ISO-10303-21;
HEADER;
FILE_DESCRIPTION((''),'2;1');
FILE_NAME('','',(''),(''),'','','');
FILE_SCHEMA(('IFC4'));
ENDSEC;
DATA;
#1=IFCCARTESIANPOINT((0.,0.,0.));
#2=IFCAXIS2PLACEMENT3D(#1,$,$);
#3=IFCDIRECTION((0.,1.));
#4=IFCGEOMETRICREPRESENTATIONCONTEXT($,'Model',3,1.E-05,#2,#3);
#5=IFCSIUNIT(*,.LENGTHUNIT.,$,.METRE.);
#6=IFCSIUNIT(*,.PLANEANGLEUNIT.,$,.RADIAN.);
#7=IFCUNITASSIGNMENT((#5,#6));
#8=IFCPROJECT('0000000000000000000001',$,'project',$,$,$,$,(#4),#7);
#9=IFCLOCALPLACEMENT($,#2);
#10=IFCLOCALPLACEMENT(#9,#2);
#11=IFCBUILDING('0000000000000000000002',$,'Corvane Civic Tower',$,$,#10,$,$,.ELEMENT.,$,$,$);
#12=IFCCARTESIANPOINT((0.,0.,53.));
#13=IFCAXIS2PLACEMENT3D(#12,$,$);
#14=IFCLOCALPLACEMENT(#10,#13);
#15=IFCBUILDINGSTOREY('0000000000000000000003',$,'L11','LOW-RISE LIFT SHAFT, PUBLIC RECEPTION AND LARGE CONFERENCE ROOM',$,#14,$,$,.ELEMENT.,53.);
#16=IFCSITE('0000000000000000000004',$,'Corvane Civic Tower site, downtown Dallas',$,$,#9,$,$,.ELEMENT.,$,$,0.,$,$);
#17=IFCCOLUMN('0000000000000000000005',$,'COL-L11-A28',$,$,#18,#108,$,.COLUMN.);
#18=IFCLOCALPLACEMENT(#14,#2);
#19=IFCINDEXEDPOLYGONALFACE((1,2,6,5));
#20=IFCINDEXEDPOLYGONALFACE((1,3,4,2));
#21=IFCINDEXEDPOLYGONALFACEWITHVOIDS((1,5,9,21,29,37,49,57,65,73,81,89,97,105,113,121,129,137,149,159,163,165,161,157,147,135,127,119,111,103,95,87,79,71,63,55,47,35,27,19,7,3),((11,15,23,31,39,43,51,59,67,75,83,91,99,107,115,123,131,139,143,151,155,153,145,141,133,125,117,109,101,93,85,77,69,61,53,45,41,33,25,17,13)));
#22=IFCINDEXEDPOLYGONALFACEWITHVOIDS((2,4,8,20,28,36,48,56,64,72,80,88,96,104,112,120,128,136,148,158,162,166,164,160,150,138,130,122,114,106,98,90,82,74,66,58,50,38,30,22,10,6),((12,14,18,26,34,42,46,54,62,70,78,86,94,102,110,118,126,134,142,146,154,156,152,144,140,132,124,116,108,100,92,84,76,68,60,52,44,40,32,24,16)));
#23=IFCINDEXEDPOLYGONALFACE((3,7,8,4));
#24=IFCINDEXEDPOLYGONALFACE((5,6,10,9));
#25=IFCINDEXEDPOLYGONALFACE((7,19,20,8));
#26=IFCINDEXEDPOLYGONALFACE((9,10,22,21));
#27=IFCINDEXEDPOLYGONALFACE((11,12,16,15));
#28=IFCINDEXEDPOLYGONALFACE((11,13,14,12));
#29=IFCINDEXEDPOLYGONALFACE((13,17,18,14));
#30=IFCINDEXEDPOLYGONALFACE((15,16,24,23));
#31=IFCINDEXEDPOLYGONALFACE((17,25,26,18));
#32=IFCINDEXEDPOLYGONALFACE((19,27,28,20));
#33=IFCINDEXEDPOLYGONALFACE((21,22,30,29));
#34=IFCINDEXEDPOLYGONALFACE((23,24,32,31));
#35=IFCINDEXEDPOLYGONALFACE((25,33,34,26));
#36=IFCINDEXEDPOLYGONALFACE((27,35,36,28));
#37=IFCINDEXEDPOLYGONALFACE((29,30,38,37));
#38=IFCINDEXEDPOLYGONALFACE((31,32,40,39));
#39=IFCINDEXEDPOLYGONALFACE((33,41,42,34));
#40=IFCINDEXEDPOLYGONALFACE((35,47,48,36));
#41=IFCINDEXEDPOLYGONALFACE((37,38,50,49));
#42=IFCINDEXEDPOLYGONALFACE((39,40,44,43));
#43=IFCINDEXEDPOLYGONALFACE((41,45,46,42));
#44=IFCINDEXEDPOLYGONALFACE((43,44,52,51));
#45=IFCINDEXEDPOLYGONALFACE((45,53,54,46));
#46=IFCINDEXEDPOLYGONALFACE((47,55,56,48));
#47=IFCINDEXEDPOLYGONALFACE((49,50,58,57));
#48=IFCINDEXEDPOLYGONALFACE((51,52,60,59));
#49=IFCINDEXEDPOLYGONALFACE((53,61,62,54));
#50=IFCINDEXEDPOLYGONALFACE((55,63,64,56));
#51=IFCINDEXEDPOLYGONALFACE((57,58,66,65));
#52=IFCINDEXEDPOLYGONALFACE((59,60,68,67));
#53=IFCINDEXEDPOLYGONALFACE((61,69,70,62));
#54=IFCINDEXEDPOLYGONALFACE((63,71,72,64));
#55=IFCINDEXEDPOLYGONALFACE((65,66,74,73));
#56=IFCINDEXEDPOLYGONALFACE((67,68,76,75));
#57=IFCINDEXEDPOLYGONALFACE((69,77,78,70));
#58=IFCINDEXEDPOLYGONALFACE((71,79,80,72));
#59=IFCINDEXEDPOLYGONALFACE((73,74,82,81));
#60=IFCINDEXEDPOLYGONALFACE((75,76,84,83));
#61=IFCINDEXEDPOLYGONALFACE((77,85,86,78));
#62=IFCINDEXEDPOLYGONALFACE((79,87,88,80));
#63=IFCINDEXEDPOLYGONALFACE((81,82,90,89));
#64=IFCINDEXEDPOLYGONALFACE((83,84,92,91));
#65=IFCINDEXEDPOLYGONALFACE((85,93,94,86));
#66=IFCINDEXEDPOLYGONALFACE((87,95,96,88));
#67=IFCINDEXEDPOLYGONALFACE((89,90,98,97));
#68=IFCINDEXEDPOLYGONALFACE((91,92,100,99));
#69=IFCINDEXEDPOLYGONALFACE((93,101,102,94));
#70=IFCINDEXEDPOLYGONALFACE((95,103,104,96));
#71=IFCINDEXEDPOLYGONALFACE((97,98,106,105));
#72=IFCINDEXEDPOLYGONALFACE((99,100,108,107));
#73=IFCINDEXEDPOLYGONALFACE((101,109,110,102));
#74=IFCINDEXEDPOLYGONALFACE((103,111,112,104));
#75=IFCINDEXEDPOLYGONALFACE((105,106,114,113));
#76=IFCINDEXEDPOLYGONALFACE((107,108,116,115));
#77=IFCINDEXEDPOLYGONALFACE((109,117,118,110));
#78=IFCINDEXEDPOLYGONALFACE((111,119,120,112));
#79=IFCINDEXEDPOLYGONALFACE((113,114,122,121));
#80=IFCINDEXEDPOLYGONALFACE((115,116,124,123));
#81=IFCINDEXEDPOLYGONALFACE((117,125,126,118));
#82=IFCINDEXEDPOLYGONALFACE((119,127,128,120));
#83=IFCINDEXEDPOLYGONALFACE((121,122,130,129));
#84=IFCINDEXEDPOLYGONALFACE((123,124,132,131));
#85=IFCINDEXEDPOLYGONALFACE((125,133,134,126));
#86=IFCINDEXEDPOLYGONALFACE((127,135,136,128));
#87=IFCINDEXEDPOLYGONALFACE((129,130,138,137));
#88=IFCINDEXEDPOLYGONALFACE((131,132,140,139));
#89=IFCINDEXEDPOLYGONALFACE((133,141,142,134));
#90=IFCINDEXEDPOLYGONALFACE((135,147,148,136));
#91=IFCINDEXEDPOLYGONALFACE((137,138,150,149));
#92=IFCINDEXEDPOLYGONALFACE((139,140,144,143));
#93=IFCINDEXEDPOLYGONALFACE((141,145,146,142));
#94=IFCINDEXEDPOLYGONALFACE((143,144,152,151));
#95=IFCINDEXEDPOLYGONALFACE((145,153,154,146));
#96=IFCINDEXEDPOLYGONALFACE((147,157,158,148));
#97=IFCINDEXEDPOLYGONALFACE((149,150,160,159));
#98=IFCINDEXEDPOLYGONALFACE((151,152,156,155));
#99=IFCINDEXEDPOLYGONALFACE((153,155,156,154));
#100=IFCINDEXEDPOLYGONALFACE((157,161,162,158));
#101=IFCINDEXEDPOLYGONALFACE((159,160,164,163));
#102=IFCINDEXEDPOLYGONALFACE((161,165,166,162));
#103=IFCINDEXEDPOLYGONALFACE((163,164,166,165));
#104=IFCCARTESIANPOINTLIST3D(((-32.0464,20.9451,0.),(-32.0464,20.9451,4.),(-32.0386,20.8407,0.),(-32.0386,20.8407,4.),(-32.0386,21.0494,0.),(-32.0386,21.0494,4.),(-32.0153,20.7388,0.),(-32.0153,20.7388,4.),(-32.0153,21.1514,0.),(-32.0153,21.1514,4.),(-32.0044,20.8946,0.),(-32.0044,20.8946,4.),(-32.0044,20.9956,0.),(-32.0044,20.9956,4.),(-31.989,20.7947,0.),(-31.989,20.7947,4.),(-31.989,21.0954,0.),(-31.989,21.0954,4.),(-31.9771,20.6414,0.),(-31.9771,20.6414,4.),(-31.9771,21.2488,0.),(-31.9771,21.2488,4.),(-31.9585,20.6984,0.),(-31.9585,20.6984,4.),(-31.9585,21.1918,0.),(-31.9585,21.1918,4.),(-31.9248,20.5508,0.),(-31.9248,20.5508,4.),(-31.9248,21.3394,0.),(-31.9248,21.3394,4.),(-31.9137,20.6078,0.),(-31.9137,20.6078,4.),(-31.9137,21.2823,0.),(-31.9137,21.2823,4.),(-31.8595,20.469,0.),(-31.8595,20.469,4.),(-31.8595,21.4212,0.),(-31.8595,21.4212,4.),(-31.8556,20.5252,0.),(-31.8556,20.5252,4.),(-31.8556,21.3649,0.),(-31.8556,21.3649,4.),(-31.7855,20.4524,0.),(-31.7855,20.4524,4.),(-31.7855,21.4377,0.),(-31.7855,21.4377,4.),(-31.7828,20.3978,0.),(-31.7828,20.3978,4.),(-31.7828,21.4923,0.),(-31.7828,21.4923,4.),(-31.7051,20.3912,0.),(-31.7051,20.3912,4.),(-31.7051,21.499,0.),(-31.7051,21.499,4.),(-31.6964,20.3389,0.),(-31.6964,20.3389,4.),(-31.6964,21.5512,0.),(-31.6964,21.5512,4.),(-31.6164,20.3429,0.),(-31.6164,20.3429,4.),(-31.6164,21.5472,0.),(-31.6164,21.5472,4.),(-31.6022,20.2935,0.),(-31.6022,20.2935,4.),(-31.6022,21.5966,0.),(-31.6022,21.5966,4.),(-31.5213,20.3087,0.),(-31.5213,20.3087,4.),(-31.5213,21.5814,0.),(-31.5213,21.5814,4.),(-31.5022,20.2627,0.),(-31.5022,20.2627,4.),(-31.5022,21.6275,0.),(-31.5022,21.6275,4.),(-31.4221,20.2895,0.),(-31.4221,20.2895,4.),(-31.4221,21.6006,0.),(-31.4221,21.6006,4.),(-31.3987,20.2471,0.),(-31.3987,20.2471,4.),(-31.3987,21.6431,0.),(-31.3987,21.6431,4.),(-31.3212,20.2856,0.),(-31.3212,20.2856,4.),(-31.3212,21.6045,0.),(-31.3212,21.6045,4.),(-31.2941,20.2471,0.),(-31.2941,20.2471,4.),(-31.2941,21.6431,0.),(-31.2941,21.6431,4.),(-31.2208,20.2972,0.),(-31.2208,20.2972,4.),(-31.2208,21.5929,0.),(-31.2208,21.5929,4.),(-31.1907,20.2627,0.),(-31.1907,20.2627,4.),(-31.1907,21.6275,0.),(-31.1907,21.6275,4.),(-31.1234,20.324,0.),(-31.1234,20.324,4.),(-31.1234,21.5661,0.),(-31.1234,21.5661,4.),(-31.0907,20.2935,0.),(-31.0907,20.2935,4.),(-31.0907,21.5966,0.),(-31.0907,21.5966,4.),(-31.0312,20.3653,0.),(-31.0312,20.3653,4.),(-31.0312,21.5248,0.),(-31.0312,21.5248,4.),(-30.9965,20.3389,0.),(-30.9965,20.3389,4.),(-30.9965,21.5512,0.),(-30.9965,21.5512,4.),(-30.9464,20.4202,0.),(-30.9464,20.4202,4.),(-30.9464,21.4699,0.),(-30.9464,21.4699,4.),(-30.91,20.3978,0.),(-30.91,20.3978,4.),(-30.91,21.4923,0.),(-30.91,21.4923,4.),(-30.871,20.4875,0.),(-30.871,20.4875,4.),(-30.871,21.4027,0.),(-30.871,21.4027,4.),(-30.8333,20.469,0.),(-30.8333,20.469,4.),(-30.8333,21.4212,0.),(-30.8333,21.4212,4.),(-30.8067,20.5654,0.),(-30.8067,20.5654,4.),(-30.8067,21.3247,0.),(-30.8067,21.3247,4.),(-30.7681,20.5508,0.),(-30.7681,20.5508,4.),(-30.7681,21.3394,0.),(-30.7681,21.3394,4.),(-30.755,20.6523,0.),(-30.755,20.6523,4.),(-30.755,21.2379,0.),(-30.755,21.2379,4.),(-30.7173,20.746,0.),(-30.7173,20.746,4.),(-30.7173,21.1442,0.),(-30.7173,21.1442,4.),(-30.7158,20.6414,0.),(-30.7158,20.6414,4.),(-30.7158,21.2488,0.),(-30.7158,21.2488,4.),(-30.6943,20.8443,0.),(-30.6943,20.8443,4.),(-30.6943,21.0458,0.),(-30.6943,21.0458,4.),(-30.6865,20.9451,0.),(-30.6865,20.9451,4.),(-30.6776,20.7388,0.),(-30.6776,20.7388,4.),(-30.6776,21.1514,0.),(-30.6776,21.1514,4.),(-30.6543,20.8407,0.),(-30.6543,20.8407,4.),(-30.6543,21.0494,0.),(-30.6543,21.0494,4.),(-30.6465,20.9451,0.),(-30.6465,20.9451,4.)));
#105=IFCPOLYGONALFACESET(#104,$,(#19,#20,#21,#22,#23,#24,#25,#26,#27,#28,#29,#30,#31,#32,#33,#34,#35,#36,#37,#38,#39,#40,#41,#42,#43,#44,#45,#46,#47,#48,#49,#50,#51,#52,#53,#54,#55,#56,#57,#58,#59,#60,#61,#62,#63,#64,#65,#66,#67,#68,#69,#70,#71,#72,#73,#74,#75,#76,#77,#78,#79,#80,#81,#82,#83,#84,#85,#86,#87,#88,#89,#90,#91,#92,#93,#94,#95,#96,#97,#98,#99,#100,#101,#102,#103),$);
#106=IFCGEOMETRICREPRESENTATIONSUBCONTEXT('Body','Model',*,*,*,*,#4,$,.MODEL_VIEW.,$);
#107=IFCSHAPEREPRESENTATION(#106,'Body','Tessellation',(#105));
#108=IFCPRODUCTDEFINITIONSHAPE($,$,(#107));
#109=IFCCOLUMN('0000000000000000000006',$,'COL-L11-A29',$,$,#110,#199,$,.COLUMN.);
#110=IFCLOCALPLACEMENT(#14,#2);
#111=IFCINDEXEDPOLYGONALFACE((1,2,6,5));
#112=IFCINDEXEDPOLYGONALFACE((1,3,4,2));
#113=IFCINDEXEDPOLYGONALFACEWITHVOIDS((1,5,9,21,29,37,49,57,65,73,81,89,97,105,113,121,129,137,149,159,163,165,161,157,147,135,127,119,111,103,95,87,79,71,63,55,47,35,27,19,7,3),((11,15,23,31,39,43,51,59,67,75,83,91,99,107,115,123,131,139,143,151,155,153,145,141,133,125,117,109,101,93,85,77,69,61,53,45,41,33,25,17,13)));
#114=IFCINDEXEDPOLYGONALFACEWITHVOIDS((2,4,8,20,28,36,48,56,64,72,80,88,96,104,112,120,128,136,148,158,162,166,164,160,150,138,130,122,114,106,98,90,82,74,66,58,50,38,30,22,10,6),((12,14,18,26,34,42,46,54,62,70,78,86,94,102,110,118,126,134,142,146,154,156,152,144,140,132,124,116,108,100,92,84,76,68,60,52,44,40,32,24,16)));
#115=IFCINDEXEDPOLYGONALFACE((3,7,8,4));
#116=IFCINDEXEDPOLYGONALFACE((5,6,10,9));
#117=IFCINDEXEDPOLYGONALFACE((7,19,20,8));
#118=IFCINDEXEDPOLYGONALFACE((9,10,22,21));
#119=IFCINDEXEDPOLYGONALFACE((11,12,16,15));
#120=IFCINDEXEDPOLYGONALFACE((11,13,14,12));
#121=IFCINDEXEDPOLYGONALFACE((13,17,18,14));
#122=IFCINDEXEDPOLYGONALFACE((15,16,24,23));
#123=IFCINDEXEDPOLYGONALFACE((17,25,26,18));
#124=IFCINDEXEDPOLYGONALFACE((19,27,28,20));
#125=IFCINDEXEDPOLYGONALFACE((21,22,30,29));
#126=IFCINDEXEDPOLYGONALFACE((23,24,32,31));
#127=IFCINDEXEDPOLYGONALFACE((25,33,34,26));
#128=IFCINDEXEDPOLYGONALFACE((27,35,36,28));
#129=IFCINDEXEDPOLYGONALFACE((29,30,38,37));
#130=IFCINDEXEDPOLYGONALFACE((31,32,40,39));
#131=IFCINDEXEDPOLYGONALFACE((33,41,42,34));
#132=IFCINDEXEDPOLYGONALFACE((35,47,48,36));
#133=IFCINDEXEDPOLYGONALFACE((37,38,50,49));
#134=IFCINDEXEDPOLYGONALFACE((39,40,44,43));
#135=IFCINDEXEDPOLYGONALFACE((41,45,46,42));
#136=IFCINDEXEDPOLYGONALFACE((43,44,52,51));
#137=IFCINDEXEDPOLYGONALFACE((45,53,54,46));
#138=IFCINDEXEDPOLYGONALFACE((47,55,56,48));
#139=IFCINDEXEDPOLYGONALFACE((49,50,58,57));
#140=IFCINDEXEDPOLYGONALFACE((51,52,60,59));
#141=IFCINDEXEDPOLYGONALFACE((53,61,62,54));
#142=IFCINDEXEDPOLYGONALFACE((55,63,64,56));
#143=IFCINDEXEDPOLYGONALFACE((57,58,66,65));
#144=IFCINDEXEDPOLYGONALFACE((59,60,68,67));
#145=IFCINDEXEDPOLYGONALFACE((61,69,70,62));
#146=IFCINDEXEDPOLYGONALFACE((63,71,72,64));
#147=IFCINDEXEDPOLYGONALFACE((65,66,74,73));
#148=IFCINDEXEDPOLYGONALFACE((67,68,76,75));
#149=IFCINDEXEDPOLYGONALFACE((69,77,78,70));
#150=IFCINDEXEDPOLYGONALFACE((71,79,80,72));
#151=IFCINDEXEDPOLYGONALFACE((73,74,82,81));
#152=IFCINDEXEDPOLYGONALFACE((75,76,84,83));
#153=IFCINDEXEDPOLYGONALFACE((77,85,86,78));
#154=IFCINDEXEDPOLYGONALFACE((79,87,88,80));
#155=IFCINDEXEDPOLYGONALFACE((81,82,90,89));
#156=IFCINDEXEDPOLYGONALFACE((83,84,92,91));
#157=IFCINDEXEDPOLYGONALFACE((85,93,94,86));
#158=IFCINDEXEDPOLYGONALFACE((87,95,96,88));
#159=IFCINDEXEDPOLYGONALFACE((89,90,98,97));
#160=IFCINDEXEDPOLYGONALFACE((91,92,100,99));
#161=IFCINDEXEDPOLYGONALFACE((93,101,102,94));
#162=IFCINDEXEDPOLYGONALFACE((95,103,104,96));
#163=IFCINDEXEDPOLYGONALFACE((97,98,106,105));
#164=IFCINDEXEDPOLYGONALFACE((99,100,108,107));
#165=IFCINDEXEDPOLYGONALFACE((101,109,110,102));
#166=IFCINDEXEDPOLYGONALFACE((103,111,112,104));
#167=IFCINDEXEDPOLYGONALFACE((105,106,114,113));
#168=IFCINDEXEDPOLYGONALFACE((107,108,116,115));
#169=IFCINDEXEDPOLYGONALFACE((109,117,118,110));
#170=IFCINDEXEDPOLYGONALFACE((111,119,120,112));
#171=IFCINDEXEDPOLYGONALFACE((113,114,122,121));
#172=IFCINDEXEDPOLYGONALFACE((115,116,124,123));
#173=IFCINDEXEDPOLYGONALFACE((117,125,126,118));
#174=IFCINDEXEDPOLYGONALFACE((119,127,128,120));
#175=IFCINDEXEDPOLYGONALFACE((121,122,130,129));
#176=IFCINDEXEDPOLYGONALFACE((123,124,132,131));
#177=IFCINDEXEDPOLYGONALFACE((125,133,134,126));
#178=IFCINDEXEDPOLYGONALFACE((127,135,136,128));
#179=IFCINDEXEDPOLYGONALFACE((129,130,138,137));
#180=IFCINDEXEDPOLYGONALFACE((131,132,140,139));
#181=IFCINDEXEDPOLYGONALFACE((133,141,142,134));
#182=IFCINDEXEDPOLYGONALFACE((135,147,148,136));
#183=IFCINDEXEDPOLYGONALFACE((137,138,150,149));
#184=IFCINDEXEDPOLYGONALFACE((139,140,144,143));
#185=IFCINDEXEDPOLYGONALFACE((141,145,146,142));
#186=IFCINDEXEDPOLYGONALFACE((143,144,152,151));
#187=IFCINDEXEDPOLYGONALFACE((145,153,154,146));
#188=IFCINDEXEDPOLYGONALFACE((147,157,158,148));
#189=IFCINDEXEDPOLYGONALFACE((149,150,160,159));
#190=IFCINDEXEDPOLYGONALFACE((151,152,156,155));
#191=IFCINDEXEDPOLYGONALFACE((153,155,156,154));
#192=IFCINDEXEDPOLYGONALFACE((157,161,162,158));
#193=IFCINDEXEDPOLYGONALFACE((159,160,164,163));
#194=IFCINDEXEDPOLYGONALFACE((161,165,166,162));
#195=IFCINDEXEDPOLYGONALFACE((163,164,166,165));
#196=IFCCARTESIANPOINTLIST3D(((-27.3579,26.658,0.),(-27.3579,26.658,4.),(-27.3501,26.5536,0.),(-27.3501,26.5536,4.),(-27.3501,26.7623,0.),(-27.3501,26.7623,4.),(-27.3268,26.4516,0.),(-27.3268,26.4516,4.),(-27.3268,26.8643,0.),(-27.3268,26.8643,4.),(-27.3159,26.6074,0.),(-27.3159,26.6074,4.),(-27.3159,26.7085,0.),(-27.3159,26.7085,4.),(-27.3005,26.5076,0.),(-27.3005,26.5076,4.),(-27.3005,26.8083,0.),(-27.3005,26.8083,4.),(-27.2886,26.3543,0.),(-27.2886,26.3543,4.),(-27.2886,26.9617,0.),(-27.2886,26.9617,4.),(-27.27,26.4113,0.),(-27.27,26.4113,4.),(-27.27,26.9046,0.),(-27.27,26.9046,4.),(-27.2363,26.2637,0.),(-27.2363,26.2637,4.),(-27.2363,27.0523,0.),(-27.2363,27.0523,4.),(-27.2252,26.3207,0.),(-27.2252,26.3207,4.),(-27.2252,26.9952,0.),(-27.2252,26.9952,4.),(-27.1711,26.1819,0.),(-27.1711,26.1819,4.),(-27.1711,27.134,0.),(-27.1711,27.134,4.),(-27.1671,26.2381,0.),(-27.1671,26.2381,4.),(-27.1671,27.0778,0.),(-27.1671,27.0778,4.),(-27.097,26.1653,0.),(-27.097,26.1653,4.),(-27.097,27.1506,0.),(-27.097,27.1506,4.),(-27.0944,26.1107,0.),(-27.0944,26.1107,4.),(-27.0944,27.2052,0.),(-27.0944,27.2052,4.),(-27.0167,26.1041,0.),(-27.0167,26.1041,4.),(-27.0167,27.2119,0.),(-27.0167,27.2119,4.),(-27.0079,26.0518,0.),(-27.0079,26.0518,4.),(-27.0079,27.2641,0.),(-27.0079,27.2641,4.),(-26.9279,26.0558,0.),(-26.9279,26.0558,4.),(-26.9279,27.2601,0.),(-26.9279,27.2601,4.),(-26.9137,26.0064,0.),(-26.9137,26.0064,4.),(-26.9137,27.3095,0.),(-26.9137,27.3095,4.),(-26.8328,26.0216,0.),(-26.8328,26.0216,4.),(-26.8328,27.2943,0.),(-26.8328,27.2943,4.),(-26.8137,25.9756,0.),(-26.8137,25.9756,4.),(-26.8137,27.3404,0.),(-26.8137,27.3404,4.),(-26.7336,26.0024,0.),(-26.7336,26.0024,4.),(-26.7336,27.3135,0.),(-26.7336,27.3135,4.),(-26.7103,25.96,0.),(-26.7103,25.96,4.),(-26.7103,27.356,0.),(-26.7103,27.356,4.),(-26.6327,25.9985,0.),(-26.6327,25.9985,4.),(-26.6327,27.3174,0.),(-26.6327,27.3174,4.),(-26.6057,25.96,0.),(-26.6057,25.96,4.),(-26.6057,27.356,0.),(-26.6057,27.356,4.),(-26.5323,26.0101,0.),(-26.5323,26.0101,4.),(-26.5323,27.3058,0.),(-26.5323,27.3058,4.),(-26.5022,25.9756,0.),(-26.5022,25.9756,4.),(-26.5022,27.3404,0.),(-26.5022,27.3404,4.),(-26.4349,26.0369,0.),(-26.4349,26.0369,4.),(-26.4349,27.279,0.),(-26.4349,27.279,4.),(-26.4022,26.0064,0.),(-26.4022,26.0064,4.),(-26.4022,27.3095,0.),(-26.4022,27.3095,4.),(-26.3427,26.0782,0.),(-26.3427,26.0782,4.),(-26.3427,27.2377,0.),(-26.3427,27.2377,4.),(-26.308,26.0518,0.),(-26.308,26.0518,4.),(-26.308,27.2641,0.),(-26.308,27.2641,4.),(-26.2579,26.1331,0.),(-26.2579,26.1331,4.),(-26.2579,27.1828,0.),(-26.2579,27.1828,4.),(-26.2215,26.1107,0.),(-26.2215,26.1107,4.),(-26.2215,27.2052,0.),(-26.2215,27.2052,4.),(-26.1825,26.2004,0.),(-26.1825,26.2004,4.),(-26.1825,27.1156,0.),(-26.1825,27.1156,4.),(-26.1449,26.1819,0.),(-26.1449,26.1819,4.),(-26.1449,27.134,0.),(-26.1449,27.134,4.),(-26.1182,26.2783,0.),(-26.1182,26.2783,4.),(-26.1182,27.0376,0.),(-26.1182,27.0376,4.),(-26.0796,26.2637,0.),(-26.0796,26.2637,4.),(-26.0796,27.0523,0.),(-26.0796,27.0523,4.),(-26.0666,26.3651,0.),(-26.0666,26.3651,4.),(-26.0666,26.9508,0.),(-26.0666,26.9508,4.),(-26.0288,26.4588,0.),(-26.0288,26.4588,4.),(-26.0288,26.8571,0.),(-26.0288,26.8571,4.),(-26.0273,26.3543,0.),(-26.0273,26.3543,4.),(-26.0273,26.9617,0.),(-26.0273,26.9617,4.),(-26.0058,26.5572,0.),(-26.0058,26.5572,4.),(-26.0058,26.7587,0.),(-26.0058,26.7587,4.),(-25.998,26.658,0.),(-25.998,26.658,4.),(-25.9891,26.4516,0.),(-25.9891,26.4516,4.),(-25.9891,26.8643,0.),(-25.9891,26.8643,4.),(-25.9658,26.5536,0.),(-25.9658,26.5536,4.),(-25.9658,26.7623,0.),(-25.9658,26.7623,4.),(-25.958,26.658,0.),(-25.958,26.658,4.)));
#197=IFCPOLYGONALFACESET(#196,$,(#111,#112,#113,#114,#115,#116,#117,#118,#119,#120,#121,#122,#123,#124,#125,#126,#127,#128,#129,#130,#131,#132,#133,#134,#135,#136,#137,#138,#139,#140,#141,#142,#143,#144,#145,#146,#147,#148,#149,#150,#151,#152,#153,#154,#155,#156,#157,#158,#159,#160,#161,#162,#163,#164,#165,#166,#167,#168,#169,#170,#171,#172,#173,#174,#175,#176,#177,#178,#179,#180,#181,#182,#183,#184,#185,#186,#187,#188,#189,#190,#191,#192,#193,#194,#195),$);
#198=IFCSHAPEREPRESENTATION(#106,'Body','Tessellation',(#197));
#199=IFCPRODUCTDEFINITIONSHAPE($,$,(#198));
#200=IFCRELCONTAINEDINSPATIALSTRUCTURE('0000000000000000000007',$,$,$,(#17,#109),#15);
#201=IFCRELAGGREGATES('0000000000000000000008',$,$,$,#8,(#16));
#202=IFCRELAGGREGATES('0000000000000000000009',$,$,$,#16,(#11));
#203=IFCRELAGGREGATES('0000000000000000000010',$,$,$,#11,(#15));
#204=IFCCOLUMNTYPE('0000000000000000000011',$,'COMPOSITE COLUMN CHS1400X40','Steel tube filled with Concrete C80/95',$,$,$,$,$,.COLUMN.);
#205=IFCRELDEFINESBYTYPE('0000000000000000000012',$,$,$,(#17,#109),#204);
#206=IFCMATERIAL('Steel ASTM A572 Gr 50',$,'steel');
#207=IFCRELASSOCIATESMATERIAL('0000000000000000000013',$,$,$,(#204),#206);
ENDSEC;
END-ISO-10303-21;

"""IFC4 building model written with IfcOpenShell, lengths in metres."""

from ifc_helpers import new_model, si_unit, direction, frame, origin, origin_2d, place, context, subcontext, project, spatial, hollow_circle, extrude, material, material_profile, profile_set, type_object, element, save


model = new_model("IFC4")

# Units and contexts
model_context = context("Model", 3, precision=1e-05, world=origin(), true_north=direction((0.0, 1.0)))
body_context = subcontext(model_context, "Body", "Model", "MODEL_VIEW")
ifc_project = project(units=[si_unit("LENGTHUNIT", "METRE"), si_unit("PLANEANGLEUNIT", "RADIAN")], contexts=[model_context])

# Site, building, storey
site_placement = place(None, origin())
site = spatial("IfcSite", under=ifc_project, at=site_placement, Name="Corvane Civic Tower site, downtown Dallas", CompositionType="ELEMENT", RefElevation=0.0)
building_placement = place(site_placement, origin())
building = spatial("IfcBuilding", under=site, at=building_placement, Name="Corvane Civic Tower", CompositionType="ELEMENT")
storey_placement = place(building_placement, frame((0.0, 0.0, 53.0)))
storey = spatial("IfcBuildingStorey", under=building, at=storey_placement, Name="L11", Description="LOW-RISE LIFT SHAFT, PUBLIC RECEPTION AND LARGE CONFERENCE ROOM", CompositionType="ELEMENT", Elevation=53.0)

# Columns
ifc_material_1 = material(Name="Steel ASTM A572 Gr 50", Category="steel")
ifc_material_profile_1 = material_profile(ifc_material_1, hollow_circle(Radius=0.7, WallThickness=0.04, at=origin_2d()), Name="CHS1400X40")
ifc_profile_set_1 = profile_set([ifc_material_profile_1], Name="Steel ASTM A572 Gr 50")
column_type = type_object("IfcColumnType", Name="COMPOSITE COLUMN CHS1400X40", Description="Steel tube filled with Concrete C80/95", PredefinedType="COLUMN", material=ifc_profile_set_1)
for number, where, z_axis, x_axis, name in (
    (1, (-31.3464, 20.9451, 0.0), (0.0, 0.0, 1.0), (1.0, 0.0, 0.0), "COL-L11-A28"),
    (2, (-26.658, 26.658, 0.0), (0.0, 0.0, 1.0), (1.0, 0.0, 0.0), "COL-L11-A29"),
):
    element("IfcColumn", number, at=place(storey_placement, frame(where, z_axis=z_axis, x_axis=x_axis)), inside=storey, type_object=column_type, Name=name, PredefinedType="COLUMN", context=body_context, shape_type="SweptSolid", body=[
        extrude(hollow_circle(Radius=0.7, WallThickness=0.04, at=origin_2d()), origin(), (0.0, 0.0, 1.0), 4.0),
    ])

save(model, "model.ifc")
